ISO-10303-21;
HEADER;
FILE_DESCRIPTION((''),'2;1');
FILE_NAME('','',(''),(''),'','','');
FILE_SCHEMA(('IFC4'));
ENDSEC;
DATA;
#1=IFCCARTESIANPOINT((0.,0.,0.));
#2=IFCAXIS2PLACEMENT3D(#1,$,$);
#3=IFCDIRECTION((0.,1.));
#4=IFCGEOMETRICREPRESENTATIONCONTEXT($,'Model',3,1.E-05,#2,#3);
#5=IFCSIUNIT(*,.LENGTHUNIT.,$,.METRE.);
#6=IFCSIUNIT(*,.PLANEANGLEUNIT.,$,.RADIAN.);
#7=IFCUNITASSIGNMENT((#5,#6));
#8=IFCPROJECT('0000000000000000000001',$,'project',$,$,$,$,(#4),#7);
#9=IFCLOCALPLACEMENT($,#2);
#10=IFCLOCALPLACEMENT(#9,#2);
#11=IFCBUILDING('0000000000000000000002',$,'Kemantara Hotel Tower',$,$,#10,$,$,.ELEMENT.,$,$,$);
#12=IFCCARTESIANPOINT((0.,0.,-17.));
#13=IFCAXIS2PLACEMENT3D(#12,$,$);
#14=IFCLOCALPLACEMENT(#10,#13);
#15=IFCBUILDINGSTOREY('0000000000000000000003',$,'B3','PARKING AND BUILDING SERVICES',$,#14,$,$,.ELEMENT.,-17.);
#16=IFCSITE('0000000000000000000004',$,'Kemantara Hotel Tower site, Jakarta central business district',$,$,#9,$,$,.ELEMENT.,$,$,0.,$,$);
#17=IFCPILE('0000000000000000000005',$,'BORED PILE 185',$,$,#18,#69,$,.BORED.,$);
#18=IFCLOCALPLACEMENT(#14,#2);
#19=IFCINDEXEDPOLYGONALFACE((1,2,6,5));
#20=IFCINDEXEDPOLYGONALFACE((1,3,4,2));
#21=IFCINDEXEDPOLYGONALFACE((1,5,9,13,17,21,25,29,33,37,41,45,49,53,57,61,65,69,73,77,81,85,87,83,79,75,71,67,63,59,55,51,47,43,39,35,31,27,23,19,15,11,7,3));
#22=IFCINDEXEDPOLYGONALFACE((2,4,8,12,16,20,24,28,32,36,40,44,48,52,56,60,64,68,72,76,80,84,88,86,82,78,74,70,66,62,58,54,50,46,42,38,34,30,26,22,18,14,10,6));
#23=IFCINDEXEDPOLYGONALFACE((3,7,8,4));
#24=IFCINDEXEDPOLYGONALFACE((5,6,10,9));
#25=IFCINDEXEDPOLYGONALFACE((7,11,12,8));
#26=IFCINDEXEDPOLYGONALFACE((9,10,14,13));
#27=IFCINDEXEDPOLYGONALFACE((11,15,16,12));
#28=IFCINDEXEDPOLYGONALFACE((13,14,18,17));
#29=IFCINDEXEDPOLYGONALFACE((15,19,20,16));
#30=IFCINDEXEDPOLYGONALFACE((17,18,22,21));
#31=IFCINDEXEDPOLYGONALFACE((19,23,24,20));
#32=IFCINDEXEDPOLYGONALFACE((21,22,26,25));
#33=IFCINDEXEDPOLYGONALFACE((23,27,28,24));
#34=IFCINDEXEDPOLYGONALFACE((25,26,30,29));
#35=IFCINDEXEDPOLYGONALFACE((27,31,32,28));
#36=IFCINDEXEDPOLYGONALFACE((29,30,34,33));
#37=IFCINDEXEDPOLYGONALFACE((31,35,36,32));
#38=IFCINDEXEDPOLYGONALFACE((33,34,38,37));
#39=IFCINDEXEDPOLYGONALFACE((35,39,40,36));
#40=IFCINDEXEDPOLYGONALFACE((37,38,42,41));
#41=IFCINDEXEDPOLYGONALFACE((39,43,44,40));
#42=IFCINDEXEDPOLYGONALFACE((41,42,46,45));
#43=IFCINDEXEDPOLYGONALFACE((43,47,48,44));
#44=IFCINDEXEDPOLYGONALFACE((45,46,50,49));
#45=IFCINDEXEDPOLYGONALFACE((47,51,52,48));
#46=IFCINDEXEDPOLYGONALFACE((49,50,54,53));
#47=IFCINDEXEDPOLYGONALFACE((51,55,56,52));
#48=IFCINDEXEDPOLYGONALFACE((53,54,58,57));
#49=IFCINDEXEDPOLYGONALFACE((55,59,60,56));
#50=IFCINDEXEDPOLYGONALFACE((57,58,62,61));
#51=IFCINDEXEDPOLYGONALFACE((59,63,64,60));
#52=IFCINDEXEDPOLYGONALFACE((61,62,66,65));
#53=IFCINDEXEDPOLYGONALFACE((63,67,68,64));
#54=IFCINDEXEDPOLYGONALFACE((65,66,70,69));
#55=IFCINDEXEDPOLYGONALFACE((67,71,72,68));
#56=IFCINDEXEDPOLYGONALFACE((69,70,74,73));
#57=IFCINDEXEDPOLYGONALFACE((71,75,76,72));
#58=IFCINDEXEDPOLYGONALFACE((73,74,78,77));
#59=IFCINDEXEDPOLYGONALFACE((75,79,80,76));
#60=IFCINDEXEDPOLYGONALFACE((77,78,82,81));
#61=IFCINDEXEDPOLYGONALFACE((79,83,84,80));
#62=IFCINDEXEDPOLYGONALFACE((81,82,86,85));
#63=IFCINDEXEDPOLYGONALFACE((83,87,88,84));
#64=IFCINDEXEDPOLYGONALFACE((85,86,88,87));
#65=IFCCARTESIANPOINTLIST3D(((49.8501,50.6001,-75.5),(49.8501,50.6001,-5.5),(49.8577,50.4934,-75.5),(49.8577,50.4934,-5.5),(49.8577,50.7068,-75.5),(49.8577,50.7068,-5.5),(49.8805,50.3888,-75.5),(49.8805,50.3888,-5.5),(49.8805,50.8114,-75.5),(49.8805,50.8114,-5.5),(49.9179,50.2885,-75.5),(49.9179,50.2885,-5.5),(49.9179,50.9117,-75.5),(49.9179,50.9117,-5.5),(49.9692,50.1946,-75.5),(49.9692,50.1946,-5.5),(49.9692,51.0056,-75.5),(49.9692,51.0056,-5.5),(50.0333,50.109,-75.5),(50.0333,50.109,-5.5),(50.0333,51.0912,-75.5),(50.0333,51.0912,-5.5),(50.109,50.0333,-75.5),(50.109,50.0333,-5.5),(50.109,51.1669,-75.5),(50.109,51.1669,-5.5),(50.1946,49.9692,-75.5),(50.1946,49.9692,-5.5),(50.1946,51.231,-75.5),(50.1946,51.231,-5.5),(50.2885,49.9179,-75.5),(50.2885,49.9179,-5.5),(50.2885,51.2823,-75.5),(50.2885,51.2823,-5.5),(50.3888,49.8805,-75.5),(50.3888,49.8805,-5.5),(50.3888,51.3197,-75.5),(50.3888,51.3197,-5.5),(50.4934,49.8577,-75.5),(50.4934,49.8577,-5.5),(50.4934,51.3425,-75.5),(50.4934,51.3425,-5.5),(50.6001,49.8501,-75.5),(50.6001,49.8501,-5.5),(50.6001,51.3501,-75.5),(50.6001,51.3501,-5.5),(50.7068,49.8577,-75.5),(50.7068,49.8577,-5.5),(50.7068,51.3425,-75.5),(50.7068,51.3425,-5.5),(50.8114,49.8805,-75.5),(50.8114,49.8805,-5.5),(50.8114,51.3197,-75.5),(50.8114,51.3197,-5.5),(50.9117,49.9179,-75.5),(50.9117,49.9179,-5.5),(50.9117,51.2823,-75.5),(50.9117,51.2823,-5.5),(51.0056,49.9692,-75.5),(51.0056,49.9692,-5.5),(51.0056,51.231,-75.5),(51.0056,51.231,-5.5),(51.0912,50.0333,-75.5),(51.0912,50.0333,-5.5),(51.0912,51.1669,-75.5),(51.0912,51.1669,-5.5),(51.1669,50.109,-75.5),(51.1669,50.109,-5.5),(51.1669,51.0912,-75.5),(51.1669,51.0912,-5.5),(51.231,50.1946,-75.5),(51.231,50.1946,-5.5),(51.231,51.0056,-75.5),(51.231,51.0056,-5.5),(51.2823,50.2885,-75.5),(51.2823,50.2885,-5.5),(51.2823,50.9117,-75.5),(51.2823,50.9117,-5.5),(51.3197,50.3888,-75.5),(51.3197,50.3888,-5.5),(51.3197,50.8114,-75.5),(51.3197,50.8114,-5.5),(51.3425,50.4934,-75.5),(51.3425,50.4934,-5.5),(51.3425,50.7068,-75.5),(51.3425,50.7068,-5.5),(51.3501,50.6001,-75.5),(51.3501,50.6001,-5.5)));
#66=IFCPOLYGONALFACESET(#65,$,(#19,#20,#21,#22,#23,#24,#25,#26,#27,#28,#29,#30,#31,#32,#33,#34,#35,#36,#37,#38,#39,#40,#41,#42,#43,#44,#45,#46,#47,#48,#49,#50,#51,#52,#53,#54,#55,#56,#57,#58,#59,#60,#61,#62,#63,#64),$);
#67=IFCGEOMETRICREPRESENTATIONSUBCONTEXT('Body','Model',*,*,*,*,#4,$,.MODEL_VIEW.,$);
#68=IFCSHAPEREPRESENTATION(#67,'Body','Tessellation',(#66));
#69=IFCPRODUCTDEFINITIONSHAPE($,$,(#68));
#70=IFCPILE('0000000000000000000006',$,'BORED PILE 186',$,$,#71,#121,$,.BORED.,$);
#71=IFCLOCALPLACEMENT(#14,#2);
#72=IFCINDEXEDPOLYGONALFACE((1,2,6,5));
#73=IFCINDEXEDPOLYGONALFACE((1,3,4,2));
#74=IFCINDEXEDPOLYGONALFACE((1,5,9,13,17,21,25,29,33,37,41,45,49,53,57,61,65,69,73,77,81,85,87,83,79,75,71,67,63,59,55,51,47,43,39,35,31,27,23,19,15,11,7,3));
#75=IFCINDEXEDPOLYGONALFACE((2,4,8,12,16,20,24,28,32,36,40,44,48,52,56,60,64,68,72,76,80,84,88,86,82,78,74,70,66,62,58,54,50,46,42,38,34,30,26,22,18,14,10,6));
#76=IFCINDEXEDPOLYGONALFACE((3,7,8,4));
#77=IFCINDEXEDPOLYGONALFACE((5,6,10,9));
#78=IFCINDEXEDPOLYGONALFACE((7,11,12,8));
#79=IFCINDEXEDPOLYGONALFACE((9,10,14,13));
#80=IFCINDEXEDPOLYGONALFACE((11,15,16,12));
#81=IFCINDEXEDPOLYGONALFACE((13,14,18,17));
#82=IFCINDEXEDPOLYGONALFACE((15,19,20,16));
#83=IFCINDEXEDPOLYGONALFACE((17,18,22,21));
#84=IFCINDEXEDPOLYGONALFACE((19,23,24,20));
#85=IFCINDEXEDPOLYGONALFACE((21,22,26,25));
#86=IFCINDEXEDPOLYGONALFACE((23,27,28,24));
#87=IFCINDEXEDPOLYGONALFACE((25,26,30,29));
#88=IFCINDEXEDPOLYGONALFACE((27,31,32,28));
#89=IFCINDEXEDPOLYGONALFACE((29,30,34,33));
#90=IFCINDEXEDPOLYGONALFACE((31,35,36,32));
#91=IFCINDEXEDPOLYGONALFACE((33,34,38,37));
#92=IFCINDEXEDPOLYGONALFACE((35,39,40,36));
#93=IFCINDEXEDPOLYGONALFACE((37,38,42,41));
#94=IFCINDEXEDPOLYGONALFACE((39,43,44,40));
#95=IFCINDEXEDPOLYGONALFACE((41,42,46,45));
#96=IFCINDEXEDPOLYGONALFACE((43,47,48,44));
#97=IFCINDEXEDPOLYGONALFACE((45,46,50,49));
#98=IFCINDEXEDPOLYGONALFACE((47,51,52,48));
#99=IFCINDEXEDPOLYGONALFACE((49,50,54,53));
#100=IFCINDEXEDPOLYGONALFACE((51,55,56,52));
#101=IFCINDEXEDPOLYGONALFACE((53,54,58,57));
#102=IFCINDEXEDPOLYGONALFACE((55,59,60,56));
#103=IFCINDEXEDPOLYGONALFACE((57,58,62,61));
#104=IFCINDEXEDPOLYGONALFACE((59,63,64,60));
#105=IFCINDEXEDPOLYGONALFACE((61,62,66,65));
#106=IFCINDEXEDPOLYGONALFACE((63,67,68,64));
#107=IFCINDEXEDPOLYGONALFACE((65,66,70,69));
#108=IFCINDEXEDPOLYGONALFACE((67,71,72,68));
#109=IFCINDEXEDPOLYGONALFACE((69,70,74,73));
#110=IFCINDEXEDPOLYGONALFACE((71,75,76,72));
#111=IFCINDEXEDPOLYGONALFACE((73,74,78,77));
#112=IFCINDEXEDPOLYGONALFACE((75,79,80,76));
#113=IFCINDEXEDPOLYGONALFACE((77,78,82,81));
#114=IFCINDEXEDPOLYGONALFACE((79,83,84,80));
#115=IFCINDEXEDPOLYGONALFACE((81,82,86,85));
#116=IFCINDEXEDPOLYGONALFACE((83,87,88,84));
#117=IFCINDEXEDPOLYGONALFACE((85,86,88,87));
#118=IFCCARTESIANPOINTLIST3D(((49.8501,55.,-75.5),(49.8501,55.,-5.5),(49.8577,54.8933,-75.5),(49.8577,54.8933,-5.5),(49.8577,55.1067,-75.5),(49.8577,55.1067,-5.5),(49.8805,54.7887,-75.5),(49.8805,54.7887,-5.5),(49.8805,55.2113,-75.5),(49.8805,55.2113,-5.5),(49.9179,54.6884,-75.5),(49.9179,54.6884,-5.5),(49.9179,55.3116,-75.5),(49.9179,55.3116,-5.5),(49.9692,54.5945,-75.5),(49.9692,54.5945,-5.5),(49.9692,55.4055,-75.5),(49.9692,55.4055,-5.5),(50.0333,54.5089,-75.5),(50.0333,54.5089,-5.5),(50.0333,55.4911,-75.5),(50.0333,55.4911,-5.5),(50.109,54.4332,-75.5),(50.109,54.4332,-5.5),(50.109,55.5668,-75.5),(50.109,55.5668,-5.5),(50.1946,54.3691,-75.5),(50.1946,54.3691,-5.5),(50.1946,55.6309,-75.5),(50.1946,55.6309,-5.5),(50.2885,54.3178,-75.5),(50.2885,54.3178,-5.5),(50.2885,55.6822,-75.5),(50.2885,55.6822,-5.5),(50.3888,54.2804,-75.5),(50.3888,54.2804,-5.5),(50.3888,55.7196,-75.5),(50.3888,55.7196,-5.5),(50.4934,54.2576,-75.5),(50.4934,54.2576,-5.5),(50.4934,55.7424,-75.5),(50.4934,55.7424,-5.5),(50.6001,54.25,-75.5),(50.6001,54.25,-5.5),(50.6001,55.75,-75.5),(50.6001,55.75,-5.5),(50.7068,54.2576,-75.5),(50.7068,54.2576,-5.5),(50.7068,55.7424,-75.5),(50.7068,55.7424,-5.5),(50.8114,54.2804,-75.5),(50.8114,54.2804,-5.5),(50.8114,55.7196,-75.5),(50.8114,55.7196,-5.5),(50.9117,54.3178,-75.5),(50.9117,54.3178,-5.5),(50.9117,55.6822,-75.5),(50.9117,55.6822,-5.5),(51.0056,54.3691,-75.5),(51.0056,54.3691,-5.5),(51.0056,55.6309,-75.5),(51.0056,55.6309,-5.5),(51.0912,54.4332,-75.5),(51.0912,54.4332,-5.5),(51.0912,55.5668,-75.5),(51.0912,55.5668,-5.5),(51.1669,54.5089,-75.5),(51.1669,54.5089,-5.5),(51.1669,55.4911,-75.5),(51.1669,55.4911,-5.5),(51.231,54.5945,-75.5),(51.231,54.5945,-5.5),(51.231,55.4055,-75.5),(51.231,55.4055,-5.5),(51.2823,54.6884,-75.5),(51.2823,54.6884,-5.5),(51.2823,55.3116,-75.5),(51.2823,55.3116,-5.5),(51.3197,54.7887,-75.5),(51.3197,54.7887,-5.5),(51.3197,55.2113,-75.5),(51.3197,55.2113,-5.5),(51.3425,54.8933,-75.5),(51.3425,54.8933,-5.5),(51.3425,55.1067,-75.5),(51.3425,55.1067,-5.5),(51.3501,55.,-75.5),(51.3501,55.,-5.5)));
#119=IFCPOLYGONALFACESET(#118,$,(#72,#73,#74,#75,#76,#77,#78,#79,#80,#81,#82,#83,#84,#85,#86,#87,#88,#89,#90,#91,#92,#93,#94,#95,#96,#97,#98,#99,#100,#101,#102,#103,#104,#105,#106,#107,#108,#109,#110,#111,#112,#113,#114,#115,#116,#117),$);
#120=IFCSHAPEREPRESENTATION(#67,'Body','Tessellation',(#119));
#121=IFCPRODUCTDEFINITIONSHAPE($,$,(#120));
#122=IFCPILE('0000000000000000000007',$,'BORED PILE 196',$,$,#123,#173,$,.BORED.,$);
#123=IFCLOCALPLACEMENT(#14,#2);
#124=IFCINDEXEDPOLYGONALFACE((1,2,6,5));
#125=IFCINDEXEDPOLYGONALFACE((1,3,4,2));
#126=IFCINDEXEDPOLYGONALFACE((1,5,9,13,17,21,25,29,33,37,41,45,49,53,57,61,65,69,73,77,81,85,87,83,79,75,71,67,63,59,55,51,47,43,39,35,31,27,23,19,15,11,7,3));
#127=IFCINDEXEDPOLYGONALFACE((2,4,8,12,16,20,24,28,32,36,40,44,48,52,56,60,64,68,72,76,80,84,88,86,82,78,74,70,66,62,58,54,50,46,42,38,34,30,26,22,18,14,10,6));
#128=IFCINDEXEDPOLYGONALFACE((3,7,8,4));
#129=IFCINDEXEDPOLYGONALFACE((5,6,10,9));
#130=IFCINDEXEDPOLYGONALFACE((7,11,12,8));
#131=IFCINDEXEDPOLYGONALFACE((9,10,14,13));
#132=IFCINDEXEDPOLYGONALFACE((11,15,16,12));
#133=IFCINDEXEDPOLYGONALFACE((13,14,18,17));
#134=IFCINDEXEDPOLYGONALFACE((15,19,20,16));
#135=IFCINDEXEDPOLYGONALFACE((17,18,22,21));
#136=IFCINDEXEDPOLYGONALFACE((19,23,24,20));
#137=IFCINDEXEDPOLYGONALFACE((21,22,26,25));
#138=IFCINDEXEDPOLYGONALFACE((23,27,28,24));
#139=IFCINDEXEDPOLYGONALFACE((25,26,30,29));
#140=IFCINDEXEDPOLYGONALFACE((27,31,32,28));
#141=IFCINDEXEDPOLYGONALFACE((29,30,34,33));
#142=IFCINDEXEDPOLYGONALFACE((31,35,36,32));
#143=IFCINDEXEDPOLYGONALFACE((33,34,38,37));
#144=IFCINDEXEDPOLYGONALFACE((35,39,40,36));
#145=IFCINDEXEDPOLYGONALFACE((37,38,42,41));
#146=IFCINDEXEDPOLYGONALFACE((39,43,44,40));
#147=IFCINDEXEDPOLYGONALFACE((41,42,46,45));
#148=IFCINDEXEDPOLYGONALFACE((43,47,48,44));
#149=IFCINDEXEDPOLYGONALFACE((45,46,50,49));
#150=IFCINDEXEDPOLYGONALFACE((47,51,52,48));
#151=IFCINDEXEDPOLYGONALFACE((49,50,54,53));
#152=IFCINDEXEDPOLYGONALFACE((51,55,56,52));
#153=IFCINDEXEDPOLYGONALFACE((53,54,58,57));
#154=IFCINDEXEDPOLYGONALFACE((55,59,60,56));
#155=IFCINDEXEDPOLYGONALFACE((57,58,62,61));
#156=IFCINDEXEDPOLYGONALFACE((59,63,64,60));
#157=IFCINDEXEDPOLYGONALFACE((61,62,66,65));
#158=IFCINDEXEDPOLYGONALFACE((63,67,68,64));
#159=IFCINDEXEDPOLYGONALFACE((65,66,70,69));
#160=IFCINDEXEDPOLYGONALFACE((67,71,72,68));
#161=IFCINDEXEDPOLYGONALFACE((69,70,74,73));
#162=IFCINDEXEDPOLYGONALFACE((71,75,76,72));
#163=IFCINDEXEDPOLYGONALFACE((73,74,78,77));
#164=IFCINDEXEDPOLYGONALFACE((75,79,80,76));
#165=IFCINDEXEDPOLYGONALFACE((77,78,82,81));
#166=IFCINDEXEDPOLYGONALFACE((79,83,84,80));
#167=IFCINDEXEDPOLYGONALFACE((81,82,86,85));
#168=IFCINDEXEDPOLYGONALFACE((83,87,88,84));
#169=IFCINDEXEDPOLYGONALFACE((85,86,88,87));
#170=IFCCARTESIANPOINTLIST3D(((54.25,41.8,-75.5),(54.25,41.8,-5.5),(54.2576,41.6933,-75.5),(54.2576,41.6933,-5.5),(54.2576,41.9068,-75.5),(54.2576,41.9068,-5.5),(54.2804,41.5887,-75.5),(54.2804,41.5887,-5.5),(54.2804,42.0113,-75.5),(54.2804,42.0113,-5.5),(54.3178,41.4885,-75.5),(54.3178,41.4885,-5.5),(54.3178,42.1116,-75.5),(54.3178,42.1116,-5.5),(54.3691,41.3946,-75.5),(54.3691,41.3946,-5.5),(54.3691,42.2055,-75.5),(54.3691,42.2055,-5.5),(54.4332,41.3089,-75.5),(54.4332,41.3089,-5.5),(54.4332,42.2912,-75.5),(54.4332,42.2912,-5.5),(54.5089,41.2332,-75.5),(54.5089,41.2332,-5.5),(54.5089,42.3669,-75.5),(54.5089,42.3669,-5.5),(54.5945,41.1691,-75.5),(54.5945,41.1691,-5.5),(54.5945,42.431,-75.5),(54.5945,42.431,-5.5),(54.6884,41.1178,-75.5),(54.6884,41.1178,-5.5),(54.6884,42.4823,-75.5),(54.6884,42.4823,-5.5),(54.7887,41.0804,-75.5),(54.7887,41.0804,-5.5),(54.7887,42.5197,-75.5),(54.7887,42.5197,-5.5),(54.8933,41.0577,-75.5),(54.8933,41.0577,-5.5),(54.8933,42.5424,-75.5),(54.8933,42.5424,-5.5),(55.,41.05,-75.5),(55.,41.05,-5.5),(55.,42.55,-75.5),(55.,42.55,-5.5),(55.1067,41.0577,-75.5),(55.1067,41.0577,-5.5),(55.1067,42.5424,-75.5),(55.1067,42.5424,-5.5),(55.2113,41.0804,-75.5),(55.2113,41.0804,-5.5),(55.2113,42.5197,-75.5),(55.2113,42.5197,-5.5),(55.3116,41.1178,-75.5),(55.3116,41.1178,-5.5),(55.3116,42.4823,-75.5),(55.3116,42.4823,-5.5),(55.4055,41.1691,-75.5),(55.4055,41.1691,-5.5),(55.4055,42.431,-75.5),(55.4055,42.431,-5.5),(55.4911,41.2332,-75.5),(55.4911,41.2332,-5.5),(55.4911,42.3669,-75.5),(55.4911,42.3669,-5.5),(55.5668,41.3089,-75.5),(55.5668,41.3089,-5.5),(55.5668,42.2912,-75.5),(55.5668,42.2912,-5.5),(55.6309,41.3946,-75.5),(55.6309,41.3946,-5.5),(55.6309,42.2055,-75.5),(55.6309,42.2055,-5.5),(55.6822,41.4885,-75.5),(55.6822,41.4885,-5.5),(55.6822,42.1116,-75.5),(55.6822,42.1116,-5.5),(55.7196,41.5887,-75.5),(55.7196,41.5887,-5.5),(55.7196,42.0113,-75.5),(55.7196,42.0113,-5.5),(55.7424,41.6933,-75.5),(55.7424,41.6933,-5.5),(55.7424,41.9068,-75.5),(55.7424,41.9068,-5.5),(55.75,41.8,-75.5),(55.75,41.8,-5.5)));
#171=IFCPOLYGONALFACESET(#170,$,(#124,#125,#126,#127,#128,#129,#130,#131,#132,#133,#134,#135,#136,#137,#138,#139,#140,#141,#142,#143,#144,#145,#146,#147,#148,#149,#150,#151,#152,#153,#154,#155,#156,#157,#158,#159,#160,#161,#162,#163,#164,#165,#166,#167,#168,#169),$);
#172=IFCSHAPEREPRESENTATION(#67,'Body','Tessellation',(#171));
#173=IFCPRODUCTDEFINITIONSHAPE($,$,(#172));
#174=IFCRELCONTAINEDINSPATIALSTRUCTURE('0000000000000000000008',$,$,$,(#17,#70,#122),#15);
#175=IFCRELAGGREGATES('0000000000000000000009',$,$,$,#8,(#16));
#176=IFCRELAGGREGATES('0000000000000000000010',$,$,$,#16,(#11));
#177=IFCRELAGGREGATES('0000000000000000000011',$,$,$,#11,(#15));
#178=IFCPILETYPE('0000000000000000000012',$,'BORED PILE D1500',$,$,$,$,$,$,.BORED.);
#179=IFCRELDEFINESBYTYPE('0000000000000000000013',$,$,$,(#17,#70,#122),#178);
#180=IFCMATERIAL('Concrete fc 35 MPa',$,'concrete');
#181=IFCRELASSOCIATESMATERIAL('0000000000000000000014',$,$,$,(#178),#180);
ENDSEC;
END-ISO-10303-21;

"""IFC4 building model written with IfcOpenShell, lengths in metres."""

from ifc_helpers import new_model, si_unit, direction, frame, origin, origin_2d, place, context, subcontext, project, spatial, circle, extrude, material, material_profile, profile_set, type_object, element, save


model = new_model("IFC4")

# Units and contexts
model_context = context("Model", 3, precision=1e-05, world=origin(), true_north=direction((0.0, 1.0)))
body_context = subcontext(model_context, "Body", "Model", "MODEL_VIEW")
ifc_project = project(units=[si_unit("LENGTHUNIT", "METRE"), si_unit("PLANEANGLEUNIT", "RADIAN")], contexts=[model_context])

# Site, building, storey
site_placement = place(None, origin())
site = spatial("IfcSite", under=ifc_project, at=site_placement, Name="Kemantara Hotel Tower site, Jakarta central business district", CompositionType="ELEMENT", RefElevation=0.0)
building_placement = place(site_placement, origin())
building = spatial("IfcBuilding", under=site, at=building_placement, Name="Kemantara Hotel Tower", CompositionType="ELEMENT")
storey_placement = place(building_placement, frame((0.0, 0.0, -17.0)))
storey = spatial("IfcBuildingStorey", under=building, at=storey_placement, Name="B3", Description="PARKING AND BUILDING SERVICES", CompositionType="ELEMENT", Elevation=-17.0)

# Piles
ifc_material_1 = material(Name="Concrete fc 35 MPa", Category="concrete")
ifc_material_profile_1 = material_profile(ifc_material_1, circle(Radius=0.75, at=origin_2d()), Name="BORED PILE D1500")
ifc_profile_set_1 = profile_set([ifc_material_profile_1], Name="Concrete fc 35 MPa")
pile_type = type_object("IfcPileType", Name="BORED PILE D1500", PredefinedType="BORED", material=ifc_profile_set_1)
for number, where, z_axis, x_axis, name in (
    (1, (50.6001, 50.6001, -5.5), (0.0, 0.0, -1.0), (1.0, 0.0, 0.0), "BORED PILE 185"),
    (2, (50.6001, 55.0, -5.5), (0.0, 0.0, -1.0), (1.0, 0.0, 0.0), "BORED PILE 186"),
    (3, (55.0, 41.8, -5.5), (0.0, 0.0, -1.0), (1.0, 0.0, 0.0), "BORED PILE 196"),
):
    element("IfcPile", number, at=place(storey_placement, frame(where, z_axis=z_axis, x_axis=x_axis)), inside=storey, type_object=pile_type, Name=name, PredefinedType="BORED", context=body_context, shape_type="SweptSolid", body=[
        extrude(circle(Radius=0.75, at=origin_2d()), origin(), (0.0, 0.0, 1.0), 70.0),
    ])

save(model, "model.ifc")
